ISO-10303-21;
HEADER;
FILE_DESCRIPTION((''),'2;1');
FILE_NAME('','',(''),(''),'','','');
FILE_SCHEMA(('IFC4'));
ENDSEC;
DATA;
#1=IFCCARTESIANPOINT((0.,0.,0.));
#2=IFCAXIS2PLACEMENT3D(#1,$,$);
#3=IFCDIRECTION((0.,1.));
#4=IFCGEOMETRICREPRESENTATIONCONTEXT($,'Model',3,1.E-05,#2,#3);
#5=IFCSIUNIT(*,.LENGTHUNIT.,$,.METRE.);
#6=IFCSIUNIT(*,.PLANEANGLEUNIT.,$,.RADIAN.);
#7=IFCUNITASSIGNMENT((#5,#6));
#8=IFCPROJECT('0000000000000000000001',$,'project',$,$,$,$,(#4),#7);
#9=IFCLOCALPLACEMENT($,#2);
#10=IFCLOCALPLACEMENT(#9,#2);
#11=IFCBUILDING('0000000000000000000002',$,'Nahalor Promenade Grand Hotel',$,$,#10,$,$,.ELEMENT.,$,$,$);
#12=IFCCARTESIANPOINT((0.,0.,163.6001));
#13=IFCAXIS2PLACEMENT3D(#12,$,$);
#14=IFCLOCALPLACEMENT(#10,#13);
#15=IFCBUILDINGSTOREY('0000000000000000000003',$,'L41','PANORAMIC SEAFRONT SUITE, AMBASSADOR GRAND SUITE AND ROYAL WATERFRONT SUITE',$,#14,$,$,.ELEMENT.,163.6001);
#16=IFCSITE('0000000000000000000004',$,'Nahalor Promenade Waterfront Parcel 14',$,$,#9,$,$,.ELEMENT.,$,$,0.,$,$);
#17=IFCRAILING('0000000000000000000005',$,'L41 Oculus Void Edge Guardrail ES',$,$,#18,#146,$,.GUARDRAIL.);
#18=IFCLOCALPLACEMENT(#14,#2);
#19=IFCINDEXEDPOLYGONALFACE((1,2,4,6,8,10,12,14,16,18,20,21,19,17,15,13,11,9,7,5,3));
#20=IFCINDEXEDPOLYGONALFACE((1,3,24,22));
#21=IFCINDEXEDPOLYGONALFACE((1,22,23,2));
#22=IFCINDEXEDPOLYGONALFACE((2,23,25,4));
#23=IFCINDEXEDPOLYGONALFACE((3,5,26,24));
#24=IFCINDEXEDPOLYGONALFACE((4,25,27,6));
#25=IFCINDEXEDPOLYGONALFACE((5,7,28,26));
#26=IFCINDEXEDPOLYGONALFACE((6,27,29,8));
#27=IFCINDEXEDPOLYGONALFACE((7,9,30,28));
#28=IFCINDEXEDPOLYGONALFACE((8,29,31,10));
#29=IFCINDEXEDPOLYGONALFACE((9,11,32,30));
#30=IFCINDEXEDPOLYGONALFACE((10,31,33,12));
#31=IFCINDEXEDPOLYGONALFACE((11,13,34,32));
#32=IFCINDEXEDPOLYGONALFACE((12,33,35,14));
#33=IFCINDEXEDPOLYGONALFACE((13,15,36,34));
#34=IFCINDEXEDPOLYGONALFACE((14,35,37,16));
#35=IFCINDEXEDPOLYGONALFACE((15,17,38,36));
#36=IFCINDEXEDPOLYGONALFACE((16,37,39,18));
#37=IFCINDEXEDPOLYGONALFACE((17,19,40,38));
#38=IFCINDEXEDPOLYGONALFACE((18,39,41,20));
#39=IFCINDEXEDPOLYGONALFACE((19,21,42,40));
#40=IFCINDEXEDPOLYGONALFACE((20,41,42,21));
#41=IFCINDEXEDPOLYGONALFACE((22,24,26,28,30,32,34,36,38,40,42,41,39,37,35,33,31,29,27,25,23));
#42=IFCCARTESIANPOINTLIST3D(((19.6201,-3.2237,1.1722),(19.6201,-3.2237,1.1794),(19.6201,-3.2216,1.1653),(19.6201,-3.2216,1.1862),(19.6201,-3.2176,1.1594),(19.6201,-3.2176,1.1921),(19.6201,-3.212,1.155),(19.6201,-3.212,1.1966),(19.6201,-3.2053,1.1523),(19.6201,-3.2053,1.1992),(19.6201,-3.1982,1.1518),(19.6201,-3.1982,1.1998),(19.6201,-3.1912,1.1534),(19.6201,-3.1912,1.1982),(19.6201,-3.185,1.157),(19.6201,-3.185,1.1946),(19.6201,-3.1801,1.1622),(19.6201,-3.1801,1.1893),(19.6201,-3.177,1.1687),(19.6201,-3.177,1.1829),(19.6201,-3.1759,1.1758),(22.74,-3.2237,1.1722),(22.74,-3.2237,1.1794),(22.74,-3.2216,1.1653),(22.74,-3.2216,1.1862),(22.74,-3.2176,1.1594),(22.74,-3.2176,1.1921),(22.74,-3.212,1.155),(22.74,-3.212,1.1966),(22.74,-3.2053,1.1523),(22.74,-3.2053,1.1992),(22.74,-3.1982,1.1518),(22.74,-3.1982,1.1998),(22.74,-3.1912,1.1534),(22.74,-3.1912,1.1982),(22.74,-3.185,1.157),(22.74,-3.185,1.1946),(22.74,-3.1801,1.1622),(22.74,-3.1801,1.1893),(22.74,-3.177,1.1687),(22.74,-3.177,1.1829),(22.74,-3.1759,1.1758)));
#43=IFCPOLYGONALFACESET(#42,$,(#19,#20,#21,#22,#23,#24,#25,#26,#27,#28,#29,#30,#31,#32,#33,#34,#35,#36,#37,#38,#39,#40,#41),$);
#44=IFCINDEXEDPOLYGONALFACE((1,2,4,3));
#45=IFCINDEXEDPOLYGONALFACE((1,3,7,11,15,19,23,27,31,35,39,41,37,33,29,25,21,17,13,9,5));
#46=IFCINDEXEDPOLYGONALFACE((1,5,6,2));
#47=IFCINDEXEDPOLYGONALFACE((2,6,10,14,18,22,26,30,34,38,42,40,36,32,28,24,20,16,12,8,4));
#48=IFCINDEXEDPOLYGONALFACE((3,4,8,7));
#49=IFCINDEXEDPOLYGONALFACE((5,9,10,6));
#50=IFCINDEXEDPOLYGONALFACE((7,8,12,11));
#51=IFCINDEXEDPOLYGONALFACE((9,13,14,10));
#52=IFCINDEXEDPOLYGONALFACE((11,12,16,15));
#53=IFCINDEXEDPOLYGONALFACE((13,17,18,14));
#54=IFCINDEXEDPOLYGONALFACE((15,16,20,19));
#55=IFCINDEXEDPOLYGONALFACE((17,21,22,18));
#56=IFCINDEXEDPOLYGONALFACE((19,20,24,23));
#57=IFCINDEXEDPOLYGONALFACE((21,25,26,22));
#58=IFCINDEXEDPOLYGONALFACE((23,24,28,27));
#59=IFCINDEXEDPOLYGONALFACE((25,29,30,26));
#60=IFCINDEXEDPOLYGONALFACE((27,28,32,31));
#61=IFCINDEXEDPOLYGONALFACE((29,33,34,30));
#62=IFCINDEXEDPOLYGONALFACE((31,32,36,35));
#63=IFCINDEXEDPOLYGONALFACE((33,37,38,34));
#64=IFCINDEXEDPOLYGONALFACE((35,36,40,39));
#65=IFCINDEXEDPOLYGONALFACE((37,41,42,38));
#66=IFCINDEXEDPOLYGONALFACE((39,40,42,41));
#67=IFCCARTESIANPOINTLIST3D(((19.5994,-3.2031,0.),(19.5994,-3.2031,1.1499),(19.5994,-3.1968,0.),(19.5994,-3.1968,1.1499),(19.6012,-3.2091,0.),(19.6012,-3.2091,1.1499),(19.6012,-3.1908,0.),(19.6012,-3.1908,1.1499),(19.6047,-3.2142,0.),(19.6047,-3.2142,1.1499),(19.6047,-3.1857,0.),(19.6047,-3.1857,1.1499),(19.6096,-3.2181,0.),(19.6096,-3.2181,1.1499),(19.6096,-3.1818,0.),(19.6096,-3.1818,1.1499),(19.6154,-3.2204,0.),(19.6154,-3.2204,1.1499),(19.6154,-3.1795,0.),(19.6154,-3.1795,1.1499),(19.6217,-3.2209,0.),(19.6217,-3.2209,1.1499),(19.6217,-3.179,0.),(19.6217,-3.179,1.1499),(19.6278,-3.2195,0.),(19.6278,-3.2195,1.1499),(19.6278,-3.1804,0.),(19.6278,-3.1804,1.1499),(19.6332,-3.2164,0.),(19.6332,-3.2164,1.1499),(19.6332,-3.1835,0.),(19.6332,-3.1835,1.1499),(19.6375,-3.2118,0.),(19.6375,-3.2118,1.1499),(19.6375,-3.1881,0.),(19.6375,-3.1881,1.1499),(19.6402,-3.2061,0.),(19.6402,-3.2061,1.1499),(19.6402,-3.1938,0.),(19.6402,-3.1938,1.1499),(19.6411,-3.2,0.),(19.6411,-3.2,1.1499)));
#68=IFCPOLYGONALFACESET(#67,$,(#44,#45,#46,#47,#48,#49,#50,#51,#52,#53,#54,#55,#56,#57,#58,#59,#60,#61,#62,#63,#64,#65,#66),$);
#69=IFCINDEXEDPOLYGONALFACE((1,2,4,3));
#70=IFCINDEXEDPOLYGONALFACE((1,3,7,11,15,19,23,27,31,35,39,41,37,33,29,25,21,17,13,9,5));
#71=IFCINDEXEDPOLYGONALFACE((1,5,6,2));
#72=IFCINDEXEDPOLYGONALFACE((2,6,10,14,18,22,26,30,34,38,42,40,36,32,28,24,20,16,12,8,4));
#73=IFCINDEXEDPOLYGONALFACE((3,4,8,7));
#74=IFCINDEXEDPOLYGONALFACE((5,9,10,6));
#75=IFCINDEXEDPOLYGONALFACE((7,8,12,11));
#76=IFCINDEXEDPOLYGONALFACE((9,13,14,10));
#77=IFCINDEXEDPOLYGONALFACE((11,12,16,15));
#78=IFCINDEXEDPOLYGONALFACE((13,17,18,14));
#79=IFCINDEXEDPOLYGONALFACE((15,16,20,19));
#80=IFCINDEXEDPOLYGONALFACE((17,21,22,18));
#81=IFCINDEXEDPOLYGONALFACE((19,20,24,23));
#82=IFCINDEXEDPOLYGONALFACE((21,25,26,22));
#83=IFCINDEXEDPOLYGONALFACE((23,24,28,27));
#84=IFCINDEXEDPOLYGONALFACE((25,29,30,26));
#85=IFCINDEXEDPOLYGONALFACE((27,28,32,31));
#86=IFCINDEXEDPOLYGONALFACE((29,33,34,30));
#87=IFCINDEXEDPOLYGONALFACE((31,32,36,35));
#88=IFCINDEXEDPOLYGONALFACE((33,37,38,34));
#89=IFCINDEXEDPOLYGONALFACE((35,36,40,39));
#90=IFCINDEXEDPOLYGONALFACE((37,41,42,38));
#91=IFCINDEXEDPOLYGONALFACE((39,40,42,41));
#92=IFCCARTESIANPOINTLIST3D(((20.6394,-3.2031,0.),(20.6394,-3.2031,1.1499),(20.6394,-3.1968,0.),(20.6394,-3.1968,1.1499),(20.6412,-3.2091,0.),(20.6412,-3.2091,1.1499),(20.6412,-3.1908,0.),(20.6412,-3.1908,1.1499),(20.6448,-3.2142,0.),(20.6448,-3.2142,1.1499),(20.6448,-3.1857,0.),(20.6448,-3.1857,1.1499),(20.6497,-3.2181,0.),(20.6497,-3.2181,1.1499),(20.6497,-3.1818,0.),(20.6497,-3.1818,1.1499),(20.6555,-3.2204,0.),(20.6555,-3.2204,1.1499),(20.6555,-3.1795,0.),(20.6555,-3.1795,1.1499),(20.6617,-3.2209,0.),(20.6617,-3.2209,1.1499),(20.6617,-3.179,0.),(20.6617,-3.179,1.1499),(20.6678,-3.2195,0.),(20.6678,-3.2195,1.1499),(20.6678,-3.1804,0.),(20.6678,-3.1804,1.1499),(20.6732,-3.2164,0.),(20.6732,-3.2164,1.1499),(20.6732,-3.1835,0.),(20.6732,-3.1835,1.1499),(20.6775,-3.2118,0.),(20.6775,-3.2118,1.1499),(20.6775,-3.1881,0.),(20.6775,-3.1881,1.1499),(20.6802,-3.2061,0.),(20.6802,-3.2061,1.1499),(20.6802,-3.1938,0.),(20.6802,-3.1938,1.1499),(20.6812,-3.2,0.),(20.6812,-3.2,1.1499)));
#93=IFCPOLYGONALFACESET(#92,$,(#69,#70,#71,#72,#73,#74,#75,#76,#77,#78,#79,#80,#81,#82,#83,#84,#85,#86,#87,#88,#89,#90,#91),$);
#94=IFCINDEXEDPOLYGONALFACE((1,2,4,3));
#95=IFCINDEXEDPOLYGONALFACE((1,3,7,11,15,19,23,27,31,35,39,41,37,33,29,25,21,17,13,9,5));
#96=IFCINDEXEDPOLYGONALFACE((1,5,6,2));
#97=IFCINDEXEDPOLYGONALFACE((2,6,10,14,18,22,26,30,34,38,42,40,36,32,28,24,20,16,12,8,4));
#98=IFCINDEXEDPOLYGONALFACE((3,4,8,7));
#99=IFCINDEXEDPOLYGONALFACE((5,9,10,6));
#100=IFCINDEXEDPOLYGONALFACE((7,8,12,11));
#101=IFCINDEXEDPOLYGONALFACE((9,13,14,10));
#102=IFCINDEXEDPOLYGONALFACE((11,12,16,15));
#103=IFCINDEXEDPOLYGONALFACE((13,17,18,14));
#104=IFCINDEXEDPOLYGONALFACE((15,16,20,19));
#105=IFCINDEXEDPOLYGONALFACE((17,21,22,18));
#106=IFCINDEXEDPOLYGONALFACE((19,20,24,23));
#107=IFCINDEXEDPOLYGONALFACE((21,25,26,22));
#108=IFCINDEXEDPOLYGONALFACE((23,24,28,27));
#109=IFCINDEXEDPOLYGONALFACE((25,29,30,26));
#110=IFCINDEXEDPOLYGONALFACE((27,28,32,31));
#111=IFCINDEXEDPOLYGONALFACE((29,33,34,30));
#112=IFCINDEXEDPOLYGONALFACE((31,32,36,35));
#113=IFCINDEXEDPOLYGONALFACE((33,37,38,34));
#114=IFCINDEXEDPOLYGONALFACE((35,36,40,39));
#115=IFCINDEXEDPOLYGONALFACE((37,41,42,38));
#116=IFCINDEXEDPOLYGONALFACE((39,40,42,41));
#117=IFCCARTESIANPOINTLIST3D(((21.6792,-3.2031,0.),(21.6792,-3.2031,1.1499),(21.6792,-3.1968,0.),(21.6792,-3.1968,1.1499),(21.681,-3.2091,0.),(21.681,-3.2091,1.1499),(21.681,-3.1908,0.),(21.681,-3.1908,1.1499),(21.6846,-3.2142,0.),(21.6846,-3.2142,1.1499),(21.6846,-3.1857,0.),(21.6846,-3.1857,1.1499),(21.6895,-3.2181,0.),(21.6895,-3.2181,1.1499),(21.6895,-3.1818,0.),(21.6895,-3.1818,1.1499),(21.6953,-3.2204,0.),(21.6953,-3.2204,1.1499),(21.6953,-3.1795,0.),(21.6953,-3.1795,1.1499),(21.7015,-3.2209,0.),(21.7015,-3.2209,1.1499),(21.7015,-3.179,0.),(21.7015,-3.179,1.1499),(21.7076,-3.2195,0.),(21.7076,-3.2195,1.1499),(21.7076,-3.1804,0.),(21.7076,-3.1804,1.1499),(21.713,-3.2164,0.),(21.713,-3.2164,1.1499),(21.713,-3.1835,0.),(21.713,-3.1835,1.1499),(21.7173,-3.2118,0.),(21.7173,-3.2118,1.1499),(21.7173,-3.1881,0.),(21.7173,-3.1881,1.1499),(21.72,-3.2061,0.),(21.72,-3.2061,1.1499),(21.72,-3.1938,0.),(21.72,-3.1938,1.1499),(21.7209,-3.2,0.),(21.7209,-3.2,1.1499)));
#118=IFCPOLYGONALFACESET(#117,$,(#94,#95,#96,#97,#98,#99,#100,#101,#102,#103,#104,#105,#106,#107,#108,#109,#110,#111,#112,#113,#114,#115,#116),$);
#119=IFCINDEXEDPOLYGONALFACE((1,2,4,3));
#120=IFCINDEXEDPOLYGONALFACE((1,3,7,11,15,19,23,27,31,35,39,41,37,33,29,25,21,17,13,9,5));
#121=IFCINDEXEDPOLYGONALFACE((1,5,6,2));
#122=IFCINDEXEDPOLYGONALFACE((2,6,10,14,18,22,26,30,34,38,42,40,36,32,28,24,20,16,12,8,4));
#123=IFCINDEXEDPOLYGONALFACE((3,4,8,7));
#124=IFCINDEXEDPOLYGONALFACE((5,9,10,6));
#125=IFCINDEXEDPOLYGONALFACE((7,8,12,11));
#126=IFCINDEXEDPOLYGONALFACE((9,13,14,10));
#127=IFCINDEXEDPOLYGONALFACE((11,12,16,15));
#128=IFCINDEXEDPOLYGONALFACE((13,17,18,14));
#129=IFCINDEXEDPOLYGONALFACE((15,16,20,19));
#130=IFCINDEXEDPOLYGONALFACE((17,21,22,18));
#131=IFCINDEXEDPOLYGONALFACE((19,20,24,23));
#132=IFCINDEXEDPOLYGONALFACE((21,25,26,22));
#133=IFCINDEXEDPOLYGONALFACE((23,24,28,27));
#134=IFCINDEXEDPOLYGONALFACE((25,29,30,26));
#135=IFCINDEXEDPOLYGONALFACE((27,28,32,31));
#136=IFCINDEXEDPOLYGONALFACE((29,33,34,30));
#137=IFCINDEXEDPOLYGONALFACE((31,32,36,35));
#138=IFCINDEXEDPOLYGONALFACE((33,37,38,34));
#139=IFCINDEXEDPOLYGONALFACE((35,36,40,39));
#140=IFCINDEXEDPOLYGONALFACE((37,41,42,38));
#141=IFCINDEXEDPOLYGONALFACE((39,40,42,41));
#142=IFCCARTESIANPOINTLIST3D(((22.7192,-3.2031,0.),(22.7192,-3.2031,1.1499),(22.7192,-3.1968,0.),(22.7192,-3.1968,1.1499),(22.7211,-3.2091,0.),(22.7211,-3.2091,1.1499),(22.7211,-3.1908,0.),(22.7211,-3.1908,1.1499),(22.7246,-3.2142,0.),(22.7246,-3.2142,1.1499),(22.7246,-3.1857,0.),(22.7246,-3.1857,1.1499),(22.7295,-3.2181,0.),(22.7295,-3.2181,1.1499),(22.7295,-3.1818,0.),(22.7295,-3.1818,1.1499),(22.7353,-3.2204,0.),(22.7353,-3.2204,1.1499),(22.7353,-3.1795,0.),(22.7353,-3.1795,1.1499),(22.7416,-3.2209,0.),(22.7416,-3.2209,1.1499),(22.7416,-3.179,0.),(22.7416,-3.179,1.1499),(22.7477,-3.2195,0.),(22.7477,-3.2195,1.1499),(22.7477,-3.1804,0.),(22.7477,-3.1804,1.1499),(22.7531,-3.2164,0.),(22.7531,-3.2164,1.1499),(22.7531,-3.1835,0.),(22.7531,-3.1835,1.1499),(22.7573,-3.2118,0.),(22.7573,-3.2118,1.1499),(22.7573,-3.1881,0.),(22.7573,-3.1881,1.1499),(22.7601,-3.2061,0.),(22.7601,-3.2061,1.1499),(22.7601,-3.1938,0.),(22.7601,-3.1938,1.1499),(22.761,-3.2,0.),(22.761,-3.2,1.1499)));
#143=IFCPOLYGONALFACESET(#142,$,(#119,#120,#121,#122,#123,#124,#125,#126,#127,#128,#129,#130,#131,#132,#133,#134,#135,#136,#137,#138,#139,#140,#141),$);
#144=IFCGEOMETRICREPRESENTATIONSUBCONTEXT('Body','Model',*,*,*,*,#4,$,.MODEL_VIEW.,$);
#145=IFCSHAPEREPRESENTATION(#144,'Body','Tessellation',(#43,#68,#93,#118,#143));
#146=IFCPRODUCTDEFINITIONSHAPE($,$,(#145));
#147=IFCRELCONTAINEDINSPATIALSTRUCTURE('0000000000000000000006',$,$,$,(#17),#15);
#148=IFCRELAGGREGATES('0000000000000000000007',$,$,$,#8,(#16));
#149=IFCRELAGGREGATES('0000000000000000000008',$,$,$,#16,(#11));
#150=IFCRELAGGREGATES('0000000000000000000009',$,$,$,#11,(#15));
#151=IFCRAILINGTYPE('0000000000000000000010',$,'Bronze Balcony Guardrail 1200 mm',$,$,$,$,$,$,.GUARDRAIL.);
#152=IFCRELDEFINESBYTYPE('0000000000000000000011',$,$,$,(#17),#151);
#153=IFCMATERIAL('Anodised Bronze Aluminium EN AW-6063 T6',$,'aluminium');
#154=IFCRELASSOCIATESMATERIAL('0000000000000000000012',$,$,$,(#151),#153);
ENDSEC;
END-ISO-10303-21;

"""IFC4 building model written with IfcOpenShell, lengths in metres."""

from ifc_helpers import new_model, si_unit, direction, frame, origin, origin_2d, place, context, subcontext, project, spatial, circle, extrude, material, type_object, element, save


model = new_model("IFC4")

# Units and contexts
model_context = context("Model", 3, precision=1e-05, world=origin(), true_north=direction((0.0, 1.0)))
body_context = subcontext(model_context, "Body", "Model", "MODEL_VIEW")
ifc_project = project(units=[si_unit("LENGTHUNIT", "METRE"), si_unit("PLANEANGLEUNIT", "RADIAN")], contexts=[model_context])

# Site, building, storey
site_placement = place(None, origin())
site = spatial("IfcSite", under=ifc_project, at=site_placement, Name="Nahalor Promenade Waterfront Parcel 14", CompositionType="ELEMENT", RefElevation=0.0)
building_placement = place(site_placement, origin())
building = spatial("IfcBuilding", under=site, at=building_placement, Name="Nahalor Promenade Grand Hotel", CompositionType="ELEMENT")
storey_placement = place(building_placement, frame((0.0, 0.0, 163.6001)))
storey = spatial("IfcBuildingStorey", under=building, at=storey_placement, Name="L41", Description="PANORAMIC SEAFRONT SUITE, AMBASSADOR GRAND SUITE AND ROYAL WATERFRONT SUITE", CompositionType="ELEMENT", Elevation=163.6001)

# Shared definitions
ifc_material_1 = material(Name="Anodised Bronze Aluminium EN AW-6063 T6", Category="aluminium")

# Railing
railing_type = type_object("IfcRailingType", Name="Bronze Balcony Guardrail 1200 mm", PredefinedType="GUARDRAIL", material=ifc_material_1)
railing_placement = place(storey_placement, frame((19.6201, -3.2, 0.0)))
element("IfcRailing", 1, at=railing_placement, inside=storey, type_object=railing_type, Name="L41 Oculus Void Edge Guardrail ES", PredefinedType="GUARDRAIL", context=body_context, shape_type="SweptSolid", body=[
    extrude(circle(Radius=0.024, at=origin_2d()), frame((0.0, 0.0, 1.1758), z_axis=(1.0, 0.0, 0.0), x_axis=(0.0, 1.0, 0.0)), (0.0, 0.0, 1.0), 3.1199),
    extrude(circle(Radius=0.021, at=origin_2d()), origin(), (0.0, 0.0, 1.0), 1.1499),
    extrude(circle(Radius=0.021, at=origin_2d()), frame((1.04, 0.0, 0.0)), (0.0, 0.0, 1.0), 1.1499),
    extrude(circle(Radius=0.021, at=origin_2d()), frame((2.0798, 0.0, 0.0)), (0.0, 0.0, 1.0), 1.1499),
    extrude(circle(Radius=0.021, at=origin_2d()), frame((3.1199, 0.0, 0.0)), (0.0, 0.0, 1.0), 1.1499),
])

save(model, "model.ifc")
